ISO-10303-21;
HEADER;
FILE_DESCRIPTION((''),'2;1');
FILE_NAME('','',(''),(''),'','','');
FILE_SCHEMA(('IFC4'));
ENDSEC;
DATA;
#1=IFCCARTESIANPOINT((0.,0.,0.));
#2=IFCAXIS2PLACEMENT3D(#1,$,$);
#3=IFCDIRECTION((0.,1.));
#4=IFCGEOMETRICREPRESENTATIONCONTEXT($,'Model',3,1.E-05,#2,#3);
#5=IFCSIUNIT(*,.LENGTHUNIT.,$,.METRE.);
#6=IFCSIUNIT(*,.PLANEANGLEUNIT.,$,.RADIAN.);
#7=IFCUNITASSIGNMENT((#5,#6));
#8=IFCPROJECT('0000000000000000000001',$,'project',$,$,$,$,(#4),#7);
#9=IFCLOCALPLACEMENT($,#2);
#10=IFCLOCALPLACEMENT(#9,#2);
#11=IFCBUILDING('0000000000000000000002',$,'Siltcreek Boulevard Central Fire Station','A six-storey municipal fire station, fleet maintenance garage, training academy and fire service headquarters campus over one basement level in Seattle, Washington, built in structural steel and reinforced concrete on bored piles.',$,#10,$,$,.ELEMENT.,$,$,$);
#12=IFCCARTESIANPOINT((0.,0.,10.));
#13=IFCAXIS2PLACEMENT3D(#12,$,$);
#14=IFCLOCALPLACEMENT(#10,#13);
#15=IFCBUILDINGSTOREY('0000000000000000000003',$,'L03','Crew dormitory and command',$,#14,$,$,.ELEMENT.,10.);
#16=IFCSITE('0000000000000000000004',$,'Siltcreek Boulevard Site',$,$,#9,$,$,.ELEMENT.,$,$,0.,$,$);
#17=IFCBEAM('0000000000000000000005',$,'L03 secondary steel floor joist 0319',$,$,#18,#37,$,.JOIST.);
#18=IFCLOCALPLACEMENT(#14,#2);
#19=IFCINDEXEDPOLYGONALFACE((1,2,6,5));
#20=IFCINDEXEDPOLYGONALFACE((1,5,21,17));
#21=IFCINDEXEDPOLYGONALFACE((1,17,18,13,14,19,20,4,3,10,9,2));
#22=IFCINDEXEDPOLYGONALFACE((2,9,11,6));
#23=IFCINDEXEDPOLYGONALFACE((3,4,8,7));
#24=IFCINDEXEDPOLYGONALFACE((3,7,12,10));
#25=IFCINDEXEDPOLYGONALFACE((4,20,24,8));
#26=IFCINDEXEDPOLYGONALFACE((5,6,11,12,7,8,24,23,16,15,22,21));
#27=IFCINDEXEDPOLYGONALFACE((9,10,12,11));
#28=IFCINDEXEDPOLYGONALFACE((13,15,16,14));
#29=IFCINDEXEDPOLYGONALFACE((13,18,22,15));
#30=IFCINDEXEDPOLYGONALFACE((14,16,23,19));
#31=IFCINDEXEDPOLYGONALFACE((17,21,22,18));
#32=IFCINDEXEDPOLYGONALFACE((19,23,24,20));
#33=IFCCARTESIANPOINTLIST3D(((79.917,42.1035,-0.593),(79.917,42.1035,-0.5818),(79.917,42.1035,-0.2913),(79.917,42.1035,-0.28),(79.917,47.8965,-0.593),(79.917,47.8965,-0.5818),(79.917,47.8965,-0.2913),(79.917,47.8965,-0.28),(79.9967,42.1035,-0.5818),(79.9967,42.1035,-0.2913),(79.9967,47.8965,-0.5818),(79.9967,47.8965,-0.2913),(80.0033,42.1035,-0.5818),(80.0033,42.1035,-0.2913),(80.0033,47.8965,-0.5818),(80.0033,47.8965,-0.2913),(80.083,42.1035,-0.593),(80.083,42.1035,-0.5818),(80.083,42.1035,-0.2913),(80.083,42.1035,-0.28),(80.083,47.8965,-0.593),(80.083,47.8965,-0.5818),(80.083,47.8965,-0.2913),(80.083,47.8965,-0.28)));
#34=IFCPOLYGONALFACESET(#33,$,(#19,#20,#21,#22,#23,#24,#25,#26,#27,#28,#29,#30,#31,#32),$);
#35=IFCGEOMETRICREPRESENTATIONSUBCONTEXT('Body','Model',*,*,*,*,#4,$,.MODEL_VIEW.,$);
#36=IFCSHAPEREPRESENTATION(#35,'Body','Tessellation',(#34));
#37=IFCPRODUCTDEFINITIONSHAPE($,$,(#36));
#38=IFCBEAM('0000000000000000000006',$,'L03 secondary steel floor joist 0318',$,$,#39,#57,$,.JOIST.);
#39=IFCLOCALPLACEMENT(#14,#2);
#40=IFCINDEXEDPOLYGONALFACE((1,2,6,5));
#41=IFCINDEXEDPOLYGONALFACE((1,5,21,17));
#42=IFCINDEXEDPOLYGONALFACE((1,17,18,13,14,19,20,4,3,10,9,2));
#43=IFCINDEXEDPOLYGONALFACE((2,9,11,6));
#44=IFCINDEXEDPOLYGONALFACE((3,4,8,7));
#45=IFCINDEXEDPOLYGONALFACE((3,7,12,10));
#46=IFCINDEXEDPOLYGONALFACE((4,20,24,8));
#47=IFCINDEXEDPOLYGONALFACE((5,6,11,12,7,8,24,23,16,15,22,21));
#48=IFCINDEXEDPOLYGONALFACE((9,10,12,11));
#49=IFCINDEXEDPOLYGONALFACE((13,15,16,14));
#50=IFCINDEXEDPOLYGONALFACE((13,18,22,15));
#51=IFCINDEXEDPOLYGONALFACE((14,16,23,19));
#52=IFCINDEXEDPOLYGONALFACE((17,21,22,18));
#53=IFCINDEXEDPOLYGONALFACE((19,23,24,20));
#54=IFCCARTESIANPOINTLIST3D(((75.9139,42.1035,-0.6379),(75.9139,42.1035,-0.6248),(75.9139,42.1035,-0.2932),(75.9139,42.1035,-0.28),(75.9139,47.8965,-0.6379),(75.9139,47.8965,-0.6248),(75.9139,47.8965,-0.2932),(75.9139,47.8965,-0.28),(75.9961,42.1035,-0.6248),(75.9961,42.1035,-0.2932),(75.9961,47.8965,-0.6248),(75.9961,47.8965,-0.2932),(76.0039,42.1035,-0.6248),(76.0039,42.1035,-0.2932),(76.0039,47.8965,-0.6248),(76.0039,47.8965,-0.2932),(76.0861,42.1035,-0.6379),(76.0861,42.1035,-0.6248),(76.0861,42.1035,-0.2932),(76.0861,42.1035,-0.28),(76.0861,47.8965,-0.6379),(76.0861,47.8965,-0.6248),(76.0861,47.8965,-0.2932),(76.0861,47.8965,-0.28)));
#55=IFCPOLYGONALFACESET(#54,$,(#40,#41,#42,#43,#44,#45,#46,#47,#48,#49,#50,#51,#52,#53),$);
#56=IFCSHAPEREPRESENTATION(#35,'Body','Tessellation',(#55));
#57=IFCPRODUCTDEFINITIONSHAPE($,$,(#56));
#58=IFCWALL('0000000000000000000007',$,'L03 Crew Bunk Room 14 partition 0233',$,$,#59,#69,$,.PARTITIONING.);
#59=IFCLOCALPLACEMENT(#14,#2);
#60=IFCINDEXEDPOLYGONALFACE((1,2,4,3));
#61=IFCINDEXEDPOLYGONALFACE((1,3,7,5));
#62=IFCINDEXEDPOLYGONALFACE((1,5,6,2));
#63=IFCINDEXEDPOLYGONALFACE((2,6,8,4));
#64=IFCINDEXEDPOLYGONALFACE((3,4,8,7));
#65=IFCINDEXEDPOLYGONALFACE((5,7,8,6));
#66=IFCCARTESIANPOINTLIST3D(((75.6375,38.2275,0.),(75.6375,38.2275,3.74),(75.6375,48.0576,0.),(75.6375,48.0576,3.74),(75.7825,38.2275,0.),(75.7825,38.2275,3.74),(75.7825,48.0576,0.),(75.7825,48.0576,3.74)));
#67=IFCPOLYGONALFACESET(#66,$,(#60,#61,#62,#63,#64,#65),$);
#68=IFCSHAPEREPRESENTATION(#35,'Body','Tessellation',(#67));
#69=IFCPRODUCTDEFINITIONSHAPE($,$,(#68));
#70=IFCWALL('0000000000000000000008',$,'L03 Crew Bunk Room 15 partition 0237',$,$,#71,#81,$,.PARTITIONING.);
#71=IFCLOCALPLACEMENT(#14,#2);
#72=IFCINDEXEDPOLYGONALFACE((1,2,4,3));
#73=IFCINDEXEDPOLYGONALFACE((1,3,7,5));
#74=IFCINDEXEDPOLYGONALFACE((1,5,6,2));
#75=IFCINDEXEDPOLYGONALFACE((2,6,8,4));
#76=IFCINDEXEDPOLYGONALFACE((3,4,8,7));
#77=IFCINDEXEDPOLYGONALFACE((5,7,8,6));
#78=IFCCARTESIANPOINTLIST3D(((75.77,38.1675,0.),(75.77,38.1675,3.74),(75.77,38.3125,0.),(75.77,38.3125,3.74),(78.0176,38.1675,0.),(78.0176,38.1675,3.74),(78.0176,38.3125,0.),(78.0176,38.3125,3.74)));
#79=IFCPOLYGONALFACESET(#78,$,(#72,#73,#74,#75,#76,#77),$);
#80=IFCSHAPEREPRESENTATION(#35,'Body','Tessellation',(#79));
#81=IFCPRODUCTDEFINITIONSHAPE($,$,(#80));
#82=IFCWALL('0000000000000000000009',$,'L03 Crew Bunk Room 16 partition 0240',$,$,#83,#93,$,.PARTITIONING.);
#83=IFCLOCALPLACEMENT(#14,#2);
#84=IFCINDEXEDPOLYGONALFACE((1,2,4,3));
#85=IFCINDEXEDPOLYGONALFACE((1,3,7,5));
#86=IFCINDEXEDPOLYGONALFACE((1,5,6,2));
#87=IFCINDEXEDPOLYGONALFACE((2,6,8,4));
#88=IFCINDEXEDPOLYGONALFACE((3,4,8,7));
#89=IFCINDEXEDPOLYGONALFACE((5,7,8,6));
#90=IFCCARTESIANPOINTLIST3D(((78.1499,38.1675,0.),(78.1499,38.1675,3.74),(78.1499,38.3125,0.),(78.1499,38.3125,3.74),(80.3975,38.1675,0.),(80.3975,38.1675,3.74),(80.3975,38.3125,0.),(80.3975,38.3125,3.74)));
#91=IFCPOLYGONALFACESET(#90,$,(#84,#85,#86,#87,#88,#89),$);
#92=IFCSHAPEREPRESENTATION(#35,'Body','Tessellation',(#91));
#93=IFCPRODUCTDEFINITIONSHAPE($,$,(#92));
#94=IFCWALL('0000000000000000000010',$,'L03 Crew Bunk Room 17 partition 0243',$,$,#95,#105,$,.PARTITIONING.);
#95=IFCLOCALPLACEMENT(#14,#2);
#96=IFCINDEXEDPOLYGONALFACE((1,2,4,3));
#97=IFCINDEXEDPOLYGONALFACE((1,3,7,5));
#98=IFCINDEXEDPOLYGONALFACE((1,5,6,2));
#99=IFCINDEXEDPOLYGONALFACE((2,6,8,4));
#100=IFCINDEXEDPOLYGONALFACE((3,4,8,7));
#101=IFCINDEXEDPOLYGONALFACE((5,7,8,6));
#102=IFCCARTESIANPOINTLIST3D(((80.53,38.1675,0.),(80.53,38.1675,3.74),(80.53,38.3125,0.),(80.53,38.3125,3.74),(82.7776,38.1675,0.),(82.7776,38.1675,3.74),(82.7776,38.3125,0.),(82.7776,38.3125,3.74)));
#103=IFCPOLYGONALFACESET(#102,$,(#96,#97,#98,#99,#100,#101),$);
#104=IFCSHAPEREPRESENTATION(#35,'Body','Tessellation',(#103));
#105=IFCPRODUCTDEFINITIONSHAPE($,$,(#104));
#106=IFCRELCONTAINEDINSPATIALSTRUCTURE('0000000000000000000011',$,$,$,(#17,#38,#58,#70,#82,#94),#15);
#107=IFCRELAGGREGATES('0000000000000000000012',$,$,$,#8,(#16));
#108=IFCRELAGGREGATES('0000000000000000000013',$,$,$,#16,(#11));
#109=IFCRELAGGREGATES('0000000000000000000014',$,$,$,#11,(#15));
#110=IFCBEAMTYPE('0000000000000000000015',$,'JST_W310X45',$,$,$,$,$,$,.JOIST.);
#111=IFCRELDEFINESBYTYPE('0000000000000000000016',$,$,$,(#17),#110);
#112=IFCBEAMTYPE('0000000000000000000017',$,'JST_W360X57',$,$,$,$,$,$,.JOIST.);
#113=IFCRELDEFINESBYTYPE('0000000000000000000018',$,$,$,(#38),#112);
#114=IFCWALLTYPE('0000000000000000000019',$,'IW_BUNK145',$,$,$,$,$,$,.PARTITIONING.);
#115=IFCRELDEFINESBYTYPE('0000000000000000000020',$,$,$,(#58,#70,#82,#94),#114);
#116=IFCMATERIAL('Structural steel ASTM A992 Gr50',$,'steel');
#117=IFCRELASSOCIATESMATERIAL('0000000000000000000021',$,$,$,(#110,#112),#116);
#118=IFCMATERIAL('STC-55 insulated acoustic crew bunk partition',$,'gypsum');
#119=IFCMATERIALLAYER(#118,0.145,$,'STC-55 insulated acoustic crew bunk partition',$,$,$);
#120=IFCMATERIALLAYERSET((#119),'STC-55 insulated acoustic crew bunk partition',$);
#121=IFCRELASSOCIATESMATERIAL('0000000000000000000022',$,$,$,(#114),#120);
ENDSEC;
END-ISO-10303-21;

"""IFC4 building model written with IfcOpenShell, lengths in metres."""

from ifc_helpers import new_model, si_unit, direction, frame, frame_2d, origin, origin_2d, place, context, subcontext, project, spatial, rectangle, i_section, extrude, material, layer, layer_set, material_profile, profile_set, type_object, element, save


model = new_model("IFC4")

# Units and contexts
model_context = context("Model", 3, precision=1e-05, world=origin(), true_north=direction((0.0, 1.0)))
body_context = subcontext(model_context, "Body", "Model", "MODEL_VIEW")
ifc_project = project(units=[si_unit("LENGTHUNIT", "METRE"), si_unit("PLANEANGLEUNIT", "RADIAN")], contexts=[model_context])

# Site, building, storey
site_placement = place(None, origin())
site = spatial("IfcSite", under=ifc_project, at=site_placement, Name="Siltcreek Boulevard Site", CompositionType="ELEMENT", RefElevation=0.0)
building_placement = place(site_placement, origin())
building = spatial("IfcBuilding", under=site, at=building_placement, Name="Siltcreek Boulevard Central Fire Station", Description="A six-storey municipal fire station, fleet maintenance garage, training academy and fire service headquarters campus over one basement level in Seattle, Washington, built in structural steel and reinforced concrete on bored piles.", CompositionType="ELEMENT")
storey_placement = place(building_placement, frame((0.0, 0.0, 10.0)))
storey = spatial("IfcBuildingStorey", under=building, at=storey_placement, Name="L03", Description="Crew dormitory and command", CompositionType="ELEMENT", Elevation=10.0)

# Shared definitions
ifc_material_1 = material(Name="Structural steel ASTM A992 Gr50", Category="steel")

# Beams
ifc_material_profile_1 = material_profile(ifc_material_1, i_section(OverallWidth=0.166, OverallDepth=0.313, WebThickness=0.0066, FlangeThickness=0.0112, at=origin_2d()), Name="W310X45")
ifc_profile_set_1 = profile_set([ifc_material_profile_1], Name="Structural steel ASTM A992 Gr50")
beam_type_1 = type_object("IfcBeamType", Name="JST_W310X45", PredefinedType="JOIST", material=ifc_profile_set_1)
beam_1_placement = place(storey_placement, frame((80.0, 42.1035, -0.4365), z_axis=(0.0, 1.0, 0.0), x_axis=(-1.0, 0.0, 0.0)))
element("IfcBeam", 1, at=beam_1_placement, inside=storey, type_object=beam_type_1, Name="L03 secondary steel floor joist 0319", PredefinedType="JOIST", context=body_context, shape_type="SweptSolid", body=[
    extrude(i_section(OverallWidth=0.166, OverallDepth=0.313, WebThickness=0.0066, FlangeThickness=0.0112, at=origin_2d()), origin(), (0.0, 0.0, 1.0), 5.793),
])
ifc_material_profile_2 = material_profile(ifc_material_1, i_section(OverallWidth=0.1721, OverallDepth=0.3579, WebThickness=0.0078, FlangeThickness=0.0132, at=origin_2d()), Name="W360X57")
ifc_profile_set_2 = profile_set([ifc_material_profile_2], Name="Structural steel ASTM A992 Gr50")
beam_type_2 = type_object("IfcBeamType", Name="JST_W360X57", PredefinedType="JOIST", material=ifc_profile_set_2)
beam_2_placement = place(storey_placement, frame((76.0, 42.1035, -0.459), z_axis=(0.0, 1.0, 0.0), x_axis=(-1.0, 0.0, 0.0)))
element("IfcBeam", 2, at=beam_2_placement, inside=storey, type_object=beam_type_2, Name="L03 secondary steel floor joist 0318", PredefinedType="JOIST", context=body_context, shape_type="SweptSolid", body=[
    extrude(i_section(OverallWidth=0.1721, OverallDepth=0.3579, WebThickness=0.0078, FlangeThickness=0.0132, at=origin_2d()), origin(), (0.0, 0.0, 1.0), 5.793),
])

# Walls
ifc_material_2 = material(Name="STC-55 insulated acoustic crew bunk partition", Category="gypsum")
ifc_layer = layer(ifc_material_2, 0.145, Name="STC-55 insulated acoustic crew bunk partition")
ifc_layer_set = layer_set([ifc_layer], Name="STC-55 insulated acoustic crew bunk partition")
wall_type = type_object("IfcWallType", Name="IW_BUNK145", PredefinedType="PARTITIONING", material=ifc_layer_set)
wall_placement = place(storey_placement, frame((75.71, 48.0576, 0.0), z_axis=(0.0, 0.0, 1.0), x_axis=(0.0, -1.0, 0.0)))
element("IfcWall", 3, at=wall_placement, inside=storey, type_object=wall_type, Name="L03 Crew Bunk Room 14 partition 0233", PredefinedType="PARTITIONING", context=body_context, shape_type="SweptSolid", body=[
    extrude(rectangle(XDim=9.8301, YDim=0.145, at=frame_2d((4.915, 0.0))), origin(), (0.0, 0.0, 1.0), 3.74),
])
for number, where, z_axis, x_axis, name in (
    (4, (78.0176, 38.24, 0.0), (0.0, 0.0, 1.0), (-1.0, 0.0, 0.0), "L03 Crew Bunk Room 15 partition 0237"),
    (5, (80.3975, 38.24, 0.0), (0.0, 0.0, 1.0), (-1.0, 0.0, 0.0), "L03 Crew Bunk Room 16 partition 0240"),
    (6, (82.7776, 38.24, 0.0), (0.0, 0.0, 1.0), (-1.0, 0.0, 0.0), "L03 Crew Bunk Room 17 partition 0243"),
):
    element("IfcWall", number, at=place(storey_placement, frame(where, z_axis=z_axis, x_axis=x_axis)), inside=storey, type_object=wall_type, Name=name, PredefinedType="PARTITIONING", context=body_context, shape_type="SweptSolid", body=[
        extrude(rectangle(XDim=2.2476, YDim=0.145, at=frame_2d((1.1238, 0.0))), origin(), (0.0, 0.0, 1.0), 3.74),
    ])

save(model, "model.ifc")
